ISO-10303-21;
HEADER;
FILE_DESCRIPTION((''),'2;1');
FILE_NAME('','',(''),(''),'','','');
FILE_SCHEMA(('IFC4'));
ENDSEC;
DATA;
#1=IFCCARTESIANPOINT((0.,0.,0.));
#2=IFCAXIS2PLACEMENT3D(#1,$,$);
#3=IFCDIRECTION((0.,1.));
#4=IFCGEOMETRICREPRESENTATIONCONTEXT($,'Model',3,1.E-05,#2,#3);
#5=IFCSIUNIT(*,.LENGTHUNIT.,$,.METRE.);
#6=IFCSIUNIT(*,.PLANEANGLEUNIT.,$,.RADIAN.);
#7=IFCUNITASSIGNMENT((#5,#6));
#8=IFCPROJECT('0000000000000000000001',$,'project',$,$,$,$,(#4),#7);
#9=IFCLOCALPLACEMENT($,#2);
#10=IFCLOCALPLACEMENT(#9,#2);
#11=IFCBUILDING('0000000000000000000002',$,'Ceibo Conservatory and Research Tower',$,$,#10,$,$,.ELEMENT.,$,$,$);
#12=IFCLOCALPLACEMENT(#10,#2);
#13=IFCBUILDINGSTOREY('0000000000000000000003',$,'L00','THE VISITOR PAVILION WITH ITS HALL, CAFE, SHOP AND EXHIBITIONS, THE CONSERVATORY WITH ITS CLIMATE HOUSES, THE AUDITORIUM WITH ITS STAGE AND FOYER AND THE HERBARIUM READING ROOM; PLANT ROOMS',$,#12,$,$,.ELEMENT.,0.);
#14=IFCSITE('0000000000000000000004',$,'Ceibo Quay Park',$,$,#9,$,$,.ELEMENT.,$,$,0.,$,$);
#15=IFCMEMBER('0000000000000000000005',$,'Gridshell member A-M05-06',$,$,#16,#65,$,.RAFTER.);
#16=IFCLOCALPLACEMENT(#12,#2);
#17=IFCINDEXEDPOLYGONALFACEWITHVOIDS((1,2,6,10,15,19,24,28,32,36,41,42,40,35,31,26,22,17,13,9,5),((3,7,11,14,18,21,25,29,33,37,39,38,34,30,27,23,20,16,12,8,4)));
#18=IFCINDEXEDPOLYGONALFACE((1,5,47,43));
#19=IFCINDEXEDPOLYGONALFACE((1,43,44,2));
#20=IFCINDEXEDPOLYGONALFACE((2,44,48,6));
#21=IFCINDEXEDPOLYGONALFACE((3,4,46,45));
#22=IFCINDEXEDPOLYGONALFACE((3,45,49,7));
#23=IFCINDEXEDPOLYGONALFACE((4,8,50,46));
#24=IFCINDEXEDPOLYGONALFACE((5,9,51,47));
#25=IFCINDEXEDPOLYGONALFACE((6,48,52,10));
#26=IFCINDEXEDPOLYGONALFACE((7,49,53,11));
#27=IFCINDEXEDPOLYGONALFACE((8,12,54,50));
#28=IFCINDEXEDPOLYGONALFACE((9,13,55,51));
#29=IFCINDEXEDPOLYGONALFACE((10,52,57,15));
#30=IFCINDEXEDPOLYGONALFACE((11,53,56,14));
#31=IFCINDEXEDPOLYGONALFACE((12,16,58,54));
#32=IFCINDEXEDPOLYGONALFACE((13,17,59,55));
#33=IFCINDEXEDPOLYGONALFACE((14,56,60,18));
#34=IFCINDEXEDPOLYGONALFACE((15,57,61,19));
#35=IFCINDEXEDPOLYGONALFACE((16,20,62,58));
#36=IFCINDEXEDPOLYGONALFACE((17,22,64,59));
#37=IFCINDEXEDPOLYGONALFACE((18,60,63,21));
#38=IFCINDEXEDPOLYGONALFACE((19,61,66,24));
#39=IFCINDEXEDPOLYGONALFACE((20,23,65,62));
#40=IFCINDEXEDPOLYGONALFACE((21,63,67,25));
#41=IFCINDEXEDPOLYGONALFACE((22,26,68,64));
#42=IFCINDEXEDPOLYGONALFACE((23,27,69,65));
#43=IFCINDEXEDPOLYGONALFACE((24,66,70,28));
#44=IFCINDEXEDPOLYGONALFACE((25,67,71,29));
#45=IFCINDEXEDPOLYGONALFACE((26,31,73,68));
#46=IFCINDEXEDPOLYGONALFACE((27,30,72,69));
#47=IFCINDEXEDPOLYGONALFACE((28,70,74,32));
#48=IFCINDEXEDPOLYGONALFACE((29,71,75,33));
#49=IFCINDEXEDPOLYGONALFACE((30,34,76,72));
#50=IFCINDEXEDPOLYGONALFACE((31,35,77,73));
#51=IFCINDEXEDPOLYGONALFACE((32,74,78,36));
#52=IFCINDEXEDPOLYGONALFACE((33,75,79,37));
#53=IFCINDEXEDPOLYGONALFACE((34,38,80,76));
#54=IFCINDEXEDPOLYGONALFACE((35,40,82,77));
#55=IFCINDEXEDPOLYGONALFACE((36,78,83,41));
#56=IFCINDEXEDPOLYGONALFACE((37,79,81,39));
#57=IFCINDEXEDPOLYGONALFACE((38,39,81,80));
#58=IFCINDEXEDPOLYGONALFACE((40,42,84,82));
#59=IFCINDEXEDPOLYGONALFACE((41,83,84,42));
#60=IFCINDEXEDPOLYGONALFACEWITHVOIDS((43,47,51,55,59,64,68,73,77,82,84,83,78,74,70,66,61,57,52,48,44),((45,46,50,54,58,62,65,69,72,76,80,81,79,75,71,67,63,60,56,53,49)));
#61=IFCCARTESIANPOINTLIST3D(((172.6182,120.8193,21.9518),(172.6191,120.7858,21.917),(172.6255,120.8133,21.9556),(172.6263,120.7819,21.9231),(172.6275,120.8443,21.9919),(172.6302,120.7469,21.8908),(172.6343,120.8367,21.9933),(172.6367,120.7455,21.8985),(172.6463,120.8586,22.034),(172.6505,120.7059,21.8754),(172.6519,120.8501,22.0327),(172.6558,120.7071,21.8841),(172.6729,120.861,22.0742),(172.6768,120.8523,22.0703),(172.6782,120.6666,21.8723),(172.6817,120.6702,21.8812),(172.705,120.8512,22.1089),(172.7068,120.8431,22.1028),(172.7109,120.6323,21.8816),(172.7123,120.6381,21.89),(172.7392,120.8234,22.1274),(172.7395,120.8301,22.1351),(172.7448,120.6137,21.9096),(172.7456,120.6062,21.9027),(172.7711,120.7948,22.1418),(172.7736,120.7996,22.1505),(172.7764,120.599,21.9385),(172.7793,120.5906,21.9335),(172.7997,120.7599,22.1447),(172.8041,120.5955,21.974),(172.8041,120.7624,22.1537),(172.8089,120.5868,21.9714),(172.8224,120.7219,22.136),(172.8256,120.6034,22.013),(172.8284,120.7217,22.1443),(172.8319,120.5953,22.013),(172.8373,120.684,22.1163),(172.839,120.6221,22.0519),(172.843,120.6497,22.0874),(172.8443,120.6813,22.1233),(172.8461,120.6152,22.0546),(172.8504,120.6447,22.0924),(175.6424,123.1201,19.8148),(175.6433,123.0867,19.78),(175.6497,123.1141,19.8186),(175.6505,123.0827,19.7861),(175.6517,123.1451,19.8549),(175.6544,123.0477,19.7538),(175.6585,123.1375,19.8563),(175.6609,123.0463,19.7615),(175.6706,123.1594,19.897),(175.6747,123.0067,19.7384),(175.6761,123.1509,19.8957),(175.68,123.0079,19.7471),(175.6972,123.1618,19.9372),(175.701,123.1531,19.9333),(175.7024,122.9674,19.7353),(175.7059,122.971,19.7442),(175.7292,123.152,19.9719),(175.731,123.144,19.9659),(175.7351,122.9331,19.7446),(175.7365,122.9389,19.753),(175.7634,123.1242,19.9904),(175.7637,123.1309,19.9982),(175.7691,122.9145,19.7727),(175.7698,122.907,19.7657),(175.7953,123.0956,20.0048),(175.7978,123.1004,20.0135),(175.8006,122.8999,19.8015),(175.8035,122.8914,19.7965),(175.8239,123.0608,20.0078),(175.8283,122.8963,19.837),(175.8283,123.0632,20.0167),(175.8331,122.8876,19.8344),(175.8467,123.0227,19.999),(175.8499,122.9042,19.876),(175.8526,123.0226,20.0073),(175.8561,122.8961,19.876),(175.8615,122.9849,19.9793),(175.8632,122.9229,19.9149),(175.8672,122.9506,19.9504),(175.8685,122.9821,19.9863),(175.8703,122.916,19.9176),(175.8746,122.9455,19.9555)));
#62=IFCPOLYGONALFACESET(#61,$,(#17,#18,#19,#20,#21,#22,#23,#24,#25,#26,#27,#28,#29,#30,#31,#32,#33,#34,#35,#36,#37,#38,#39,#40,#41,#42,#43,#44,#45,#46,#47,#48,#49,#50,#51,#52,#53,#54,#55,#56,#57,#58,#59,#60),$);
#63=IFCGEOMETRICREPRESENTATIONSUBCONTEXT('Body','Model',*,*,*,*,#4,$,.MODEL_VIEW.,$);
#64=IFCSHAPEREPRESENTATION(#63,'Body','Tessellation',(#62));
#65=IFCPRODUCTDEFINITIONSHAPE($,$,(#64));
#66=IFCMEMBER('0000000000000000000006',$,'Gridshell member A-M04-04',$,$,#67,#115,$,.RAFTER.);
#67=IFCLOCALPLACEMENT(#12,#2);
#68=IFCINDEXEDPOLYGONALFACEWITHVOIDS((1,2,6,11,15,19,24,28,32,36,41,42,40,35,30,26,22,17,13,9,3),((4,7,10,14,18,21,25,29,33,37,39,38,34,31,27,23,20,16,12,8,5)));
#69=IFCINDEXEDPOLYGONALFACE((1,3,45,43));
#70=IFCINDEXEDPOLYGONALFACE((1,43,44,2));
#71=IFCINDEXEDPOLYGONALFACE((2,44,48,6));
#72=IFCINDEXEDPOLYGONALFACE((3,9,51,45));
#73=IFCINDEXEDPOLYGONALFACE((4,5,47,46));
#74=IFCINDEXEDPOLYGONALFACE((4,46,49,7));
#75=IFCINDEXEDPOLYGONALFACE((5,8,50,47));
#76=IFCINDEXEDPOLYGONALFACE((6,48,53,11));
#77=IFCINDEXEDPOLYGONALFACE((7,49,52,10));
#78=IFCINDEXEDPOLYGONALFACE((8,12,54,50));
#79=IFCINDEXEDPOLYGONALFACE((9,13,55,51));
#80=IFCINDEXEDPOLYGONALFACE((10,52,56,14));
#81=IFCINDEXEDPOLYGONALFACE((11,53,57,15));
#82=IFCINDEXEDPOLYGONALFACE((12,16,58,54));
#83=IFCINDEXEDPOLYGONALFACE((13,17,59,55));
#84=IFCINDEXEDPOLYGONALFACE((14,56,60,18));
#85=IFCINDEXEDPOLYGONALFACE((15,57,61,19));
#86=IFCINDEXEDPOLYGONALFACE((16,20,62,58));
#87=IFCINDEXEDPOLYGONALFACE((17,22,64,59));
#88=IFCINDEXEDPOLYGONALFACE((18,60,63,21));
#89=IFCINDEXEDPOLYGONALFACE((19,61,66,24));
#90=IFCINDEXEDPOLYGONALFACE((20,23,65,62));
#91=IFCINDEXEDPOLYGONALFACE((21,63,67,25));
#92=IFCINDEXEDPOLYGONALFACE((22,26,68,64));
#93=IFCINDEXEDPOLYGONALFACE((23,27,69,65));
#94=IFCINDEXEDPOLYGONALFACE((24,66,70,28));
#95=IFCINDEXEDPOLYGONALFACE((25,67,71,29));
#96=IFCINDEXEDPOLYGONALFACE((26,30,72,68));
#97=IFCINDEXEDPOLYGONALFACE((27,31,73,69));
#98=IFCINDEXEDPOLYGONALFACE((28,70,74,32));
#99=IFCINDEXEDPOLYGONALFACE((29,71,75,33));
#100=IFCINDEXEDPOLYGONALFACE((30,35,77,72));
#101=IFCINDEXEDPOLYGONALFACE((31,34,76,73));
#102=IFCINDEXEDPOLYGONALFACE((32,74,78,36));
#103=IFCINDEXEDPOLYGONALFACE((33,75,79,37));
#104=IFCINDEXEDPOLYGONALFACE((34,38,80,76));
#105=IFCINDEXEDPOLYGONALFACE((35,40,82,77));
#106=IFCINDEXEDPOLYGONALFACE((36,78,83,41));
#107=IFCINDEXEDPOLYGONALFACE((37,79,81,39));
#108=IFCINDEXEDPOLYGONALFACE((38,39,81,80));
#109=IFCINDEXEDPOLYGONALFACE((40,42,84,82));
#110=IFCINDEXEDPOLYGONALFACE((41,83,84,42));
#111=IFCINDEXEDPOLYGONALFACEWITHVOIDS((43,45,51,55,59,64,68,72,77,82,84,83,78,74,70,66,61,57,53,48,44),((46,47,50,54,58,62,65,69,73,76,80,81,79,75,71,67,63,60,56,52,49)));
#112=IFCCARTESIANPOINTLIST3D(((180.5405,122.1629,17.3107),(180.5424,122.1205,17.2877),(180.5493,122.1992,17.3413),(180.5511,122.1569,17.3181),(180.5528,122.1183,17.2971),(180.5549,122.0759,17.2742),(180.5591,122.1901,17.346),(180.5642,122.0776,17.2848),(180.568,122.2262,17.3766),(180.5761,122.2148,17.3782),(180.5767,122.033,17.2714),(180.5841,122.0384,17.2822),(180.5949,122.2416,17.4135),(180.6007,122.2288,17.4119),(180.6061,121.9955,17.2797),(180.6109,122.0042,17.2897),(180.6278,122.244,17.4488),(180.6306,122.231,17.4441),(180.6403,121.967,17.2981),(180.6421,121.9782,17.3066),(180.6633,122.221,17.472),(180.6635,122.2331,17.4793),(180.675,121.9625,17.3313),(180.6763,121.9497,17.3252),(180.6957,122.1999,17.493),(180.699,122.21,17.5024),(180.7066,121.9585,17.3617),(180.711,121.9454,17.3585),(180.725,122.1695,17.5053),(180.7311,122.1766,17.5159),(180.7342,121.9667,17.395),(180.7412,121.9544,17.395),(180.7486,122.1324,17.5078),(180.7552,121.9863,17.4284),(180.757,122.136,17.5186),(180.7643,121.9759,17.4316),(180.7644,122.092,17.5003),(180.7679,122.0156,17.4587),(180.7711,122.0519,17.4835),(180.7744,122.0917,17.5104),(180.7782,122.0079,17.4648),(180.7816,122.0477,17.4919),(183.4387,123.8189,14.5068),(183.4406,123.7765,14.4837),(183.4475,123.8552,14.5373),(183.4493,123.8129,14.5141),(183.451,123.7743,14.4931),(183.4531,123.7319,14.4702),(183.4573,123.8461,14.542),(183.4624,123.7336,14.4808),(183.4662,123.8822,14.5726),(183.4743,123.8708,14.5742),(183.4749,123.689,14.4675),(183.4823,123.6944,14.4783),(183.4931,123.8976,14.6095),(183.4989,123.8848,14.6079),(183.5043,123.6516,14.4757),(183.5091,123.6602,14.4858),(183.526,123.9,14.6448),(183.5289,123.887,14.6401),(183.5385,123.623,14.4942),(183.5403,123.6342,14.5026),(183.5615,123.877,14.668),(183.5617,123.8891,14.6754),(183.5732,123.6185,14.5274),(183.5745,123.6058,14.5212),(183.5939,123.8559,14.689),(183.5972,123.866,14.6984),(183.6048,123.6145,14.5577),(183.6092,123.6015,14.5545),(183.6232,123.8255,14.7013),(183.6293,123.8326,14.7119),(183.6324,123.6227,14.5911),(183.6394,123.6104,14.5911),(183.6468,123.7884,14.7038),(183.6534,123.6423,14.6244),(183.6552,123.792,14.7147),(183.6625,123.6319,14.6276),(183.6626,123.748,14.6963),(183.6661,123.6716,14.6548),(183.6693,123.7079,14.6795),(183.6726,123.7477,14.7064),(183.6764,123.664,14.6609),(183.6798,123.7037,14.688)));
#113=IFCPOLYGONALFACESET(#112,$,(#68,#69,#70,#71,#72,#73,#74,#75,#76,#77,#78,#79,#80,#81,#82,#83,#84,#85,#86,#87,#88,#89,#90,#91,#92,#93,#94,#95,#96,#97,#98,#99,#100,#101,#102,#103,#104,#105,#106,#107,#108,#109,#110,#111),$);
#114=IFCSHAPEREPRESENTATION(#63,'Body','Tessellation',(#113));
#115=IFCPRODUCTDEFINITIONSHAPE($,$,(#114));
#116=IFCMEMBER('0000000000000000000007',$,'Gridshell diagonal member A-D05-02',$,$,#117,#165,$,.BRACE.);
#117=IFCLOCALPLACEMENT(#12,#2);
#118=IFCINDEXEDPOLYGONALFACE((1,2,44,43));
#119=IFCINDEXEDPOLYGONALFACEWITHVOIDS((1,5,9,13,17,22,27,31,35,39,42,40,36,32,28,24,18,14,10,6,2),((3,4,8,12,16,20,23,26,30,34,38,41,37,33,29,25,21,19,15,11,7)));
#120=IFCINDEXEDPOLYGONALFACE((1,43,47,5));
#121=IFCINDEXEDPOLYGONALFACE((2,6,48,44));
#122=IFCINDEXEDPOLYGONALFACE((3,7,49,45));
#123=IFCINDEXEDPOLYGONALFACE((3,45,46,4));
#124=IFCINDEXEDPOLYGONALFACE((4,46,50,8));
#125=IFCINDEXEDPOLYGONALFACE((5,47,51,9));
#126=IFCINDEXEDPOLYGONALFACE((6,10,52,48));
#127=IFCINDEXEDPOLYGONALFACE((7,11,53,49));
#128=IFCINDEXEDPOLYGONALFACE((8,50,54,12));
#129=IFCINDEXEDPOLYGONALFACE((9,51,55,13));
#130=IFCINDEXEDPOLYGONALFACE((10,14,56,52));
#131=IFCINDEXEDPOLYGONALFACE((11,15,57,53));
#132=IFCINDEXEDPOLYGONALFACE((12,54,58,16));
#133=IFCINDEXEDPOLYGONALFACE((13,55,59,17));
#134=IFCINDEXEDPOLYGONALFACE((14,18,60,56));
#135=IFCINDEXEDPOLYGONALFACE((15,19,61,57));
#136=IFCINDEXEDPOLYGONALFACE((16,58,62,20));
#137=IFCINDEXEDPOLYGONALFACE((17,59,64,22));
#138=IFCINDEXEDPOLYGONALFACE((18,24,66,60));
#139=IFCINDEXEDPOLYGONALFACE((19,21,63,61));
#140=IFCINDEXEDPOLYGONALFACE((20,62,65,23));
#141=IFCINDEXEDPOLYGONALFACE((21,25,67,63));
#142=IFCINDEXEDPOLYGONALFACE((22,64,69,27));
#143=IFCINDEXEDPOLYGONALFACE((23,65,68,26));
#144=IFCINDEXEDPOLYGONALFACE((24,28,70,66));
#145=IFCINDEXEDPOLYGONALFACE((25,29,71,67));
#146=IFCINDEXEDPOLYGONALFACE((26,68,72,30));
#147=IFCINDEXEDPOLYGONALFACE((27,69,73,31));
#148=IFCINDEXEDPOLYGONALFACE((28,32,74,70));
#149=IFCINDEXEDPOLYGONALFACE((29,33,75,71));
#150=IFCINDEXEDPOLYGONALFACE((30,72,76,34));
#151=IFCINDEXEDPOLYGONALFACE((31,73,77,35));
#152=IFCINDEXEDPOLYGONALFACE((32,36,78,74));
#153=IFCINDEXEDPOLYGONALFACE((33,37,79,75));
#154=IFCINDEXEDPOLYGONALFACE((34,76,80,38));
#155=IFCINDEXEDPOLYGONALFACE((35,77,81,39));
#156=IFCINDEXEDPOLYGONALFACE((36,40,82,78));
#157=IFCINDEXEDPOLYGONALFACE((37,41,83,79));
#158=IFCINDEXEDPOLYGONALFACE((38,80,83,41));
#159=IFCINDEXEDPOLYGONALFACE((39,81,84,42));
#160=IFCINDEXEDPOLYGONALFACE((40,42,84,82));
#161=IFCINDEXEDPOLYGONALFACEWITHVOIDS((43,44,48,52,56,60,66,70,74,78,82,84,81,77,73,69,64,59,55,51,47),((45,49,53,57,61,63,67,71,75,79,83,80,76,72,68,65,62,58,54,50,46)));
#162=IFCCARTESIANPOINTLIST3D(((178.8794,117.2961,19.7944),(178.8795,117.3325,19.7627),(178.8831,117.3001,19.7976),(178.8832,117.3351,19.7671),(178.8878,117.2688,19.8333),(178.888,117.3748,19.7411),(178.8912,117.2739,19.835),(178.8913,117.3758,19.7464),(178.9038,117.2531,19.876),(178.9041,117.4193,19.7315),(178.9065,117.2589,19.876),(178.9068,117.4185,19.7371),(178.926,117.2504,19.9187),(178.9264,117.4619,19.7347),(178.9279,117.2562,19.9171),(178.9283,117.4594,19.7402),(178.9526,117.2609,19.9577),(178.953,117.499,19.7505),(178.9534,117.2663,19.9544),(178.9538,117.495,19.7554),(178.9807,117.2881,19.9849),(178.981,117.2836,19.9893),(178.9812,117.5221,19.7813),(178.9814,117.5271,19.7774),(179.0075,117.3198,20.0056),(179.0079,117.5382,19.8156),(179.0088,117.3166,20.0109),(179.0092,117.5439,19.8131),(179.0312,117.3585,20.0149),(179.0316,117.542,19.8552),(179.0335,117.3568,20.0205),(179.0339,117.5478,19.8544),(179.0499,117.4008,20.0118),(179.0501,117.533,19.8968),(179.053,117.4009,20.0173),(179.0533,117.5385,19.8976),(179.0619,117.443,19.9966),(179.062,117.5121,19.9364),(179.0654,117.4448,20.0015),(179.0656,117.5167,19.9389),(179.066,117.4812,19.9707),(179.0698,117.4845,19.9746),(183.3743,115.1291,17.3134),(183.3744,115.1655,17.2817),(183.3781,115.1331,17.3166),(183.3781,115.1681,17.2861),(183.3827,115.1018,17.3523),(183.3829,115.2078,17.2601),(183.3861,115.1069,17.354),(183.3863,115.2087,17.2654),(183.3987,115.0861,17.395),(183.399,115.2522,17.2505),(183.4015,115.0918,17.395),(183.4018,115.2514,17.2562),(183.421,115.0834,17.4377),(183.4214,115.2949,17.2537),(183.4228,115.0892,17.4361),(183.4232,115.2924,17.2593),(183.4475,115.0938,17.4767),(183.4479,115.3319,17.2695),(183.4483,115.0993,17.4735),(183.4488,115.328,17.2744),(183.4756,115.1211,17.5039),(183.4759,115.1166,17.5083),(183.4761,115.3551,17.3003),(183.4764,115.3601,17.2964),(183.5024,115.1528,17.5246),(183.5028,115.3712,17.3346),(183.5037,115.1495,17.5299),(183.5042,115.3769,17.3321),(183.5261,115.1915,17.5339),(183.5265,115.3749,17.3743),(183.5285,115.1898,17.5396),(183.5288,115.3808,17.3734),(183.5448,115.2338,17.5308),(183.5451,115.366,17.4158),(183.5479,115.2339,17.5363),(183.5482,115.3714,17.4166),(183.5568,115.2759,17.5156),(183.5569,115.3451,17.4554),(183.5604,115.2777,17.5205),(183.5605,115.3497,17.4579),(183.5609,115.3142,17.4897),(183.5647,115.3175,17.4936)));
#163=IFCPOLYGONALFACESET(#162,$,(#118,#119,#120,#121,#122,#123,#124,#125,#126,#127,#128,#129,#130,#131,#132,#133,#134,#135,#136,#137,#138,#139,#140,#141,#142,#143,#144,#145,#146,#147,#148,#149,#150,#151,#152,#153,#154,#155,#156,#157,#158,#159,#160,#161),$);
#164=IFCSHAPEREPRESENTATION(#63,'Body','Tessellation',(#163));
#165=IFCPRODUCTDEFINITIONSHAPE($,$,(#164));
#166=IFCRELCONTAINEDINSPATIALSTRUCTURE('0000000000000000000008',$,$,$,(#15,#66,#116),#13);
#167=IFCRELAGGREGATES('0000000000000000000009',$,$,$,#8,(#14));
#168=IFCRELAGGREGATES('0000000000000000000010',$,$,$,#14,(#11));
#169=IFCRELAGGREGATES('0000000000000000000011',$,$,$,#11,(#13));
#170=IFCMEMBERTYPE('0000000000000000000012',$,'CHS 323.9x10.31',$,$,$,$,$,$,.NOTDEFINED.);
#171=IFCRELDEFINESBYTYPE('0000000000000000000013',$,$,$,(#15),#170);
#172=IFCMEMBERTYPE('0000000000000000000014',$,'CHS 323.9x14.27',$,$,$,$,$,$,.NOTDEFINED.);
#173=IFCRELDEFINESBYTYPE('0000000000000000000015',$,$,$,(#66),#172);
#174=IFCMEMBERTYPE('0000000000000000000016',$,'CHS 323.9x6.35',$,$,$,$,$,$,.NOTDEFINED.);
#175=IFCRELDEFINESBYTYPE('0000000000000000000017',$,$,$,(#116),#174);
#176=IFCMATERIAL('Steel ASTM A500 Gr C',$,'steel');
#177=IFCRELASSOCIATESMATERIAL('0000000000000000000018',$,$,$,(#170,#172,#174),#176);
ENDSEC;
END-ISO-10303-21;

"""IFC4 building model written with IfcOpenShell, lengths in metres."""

from ifc_helpers import new_model, si_unit, direction, frame, origin, origin_2d, place, context, subcontext, project, spatial, hollow_circle, extrude, material, material_profile, profile_set, type_object, element, save


model = new_model("IFC4")

# Units and contexts
model_context = context("Model", 3, precision=1e-05, world=origin(), true_north=direction((0.0, 1.0)))
body_context = subcontext(model_context, "Body", "Model", "MODEL_VIEW")
ifc_project = project(units=[si_unit("LENGTHUNIT", "METRE"), si_unit("PLANEANGLEUNIT", "RADIAN")], contexts=[model_context])

# Site, building, storey
site_placement = place(None, origin())
site = spatial("IfcSite", under=ifc_project, at=site_placement, Name="Ceibo Quay Park", CompositionType="ELEMENT", RefElevation=0.0)
building_placement = place(site_placement, origin())
building = spatial("IfcBuilding", under=site, at=building_placement, Name="Ceibo Conservatory and Research Tower", CompositionType="ELEMENT")
storey_placement = place(building_placement, origin())
storey = spatial("IfcBuildingStorey", under=building, at=storey_placement, Name="L00", Description="THE VISITOR PAVILION WITH ITS HALL, CAFE, SHOP AND EXHIBITIONS, THE CONSERVATORY WITH ITS CLIMATE HOUSES, THE AUDITORIUM WITH ITS STAGE AND FOYER AND THE HERBARIUM READING ROOM; PLANT ROOMS", CompositionType="ELEMENT", Elevation=0.0)

# Members
ifc_material_1 = material(Name="Steel ASTM A500 Gr C", Category="steel")
ifc_material_profile_1 = material_profile(ifc_material_1, hollow_circle(Radius=0.1619, WallThickness=0.0103, at=origin_2d()), Name="CHS 323.9x10.31")
ifc_profile_set_1 = profile_set([ifc_material_profile_1], Name="Steel ASTM A500 Gr C")
member_type_1 = type_object("IfcMemberType", Name="CHS 323.9x10.31", PredefinedType="NOTDEFINED", material=ifc_profile_set_1)
member_1_placement = place(storey_placement, frame((175.7581, 123.0249, 19.876), z_axis=(-0.693686, -0.527755, 0.490178), x_axis=(0.605486, -0.795856, 0.0)))
element("IfcMember", 1, at=member_1_placement, inside=storey, type_object=member_type_1, Name="Gridshell member A-M05-06", PredefinedType="RAFTER", context=body_context, shape_type="SweptSolid", body=[
    extrude(hollow_circle(Radius=0.1619, WallThickness=0.0103, at=origin_2d()), origin(), (0.0, 0.0, 1.0), 4.3596),
])
ifc_material_profile_2 = material_profile(ifc_material_1, hollow_circle(Radius=0.1619, WallThickness=0.0142, at=origin_2d()), Name="CHS 323.9x14.27")
ifc_profile_set_2 = profile_set([ifc_material_profile_2], Name="Steel ASTM A500 Gr C")
member_type_2 = type_object("IfcMemberType", Name="CHS 323.9x14.27", PredefinedType="NOTDEFINED", material=ifc_profile_set_2)
member_2_placement = place(storey_placement, frame((183.5591, 123.751, 14.5911), z_axis=(-0.66482, -0.379873, 0.643203), x_axis=(0.496115, -0.868257, 0.0)))
element("IfcMember", 2, at=member_2_placement, inside=storey, type_object=member_type_2, Name="Gridshell member A-M04-04", PredefinedType="RAFTER", context=body_context, shape_type="SweptSolid", body=[
    extrude(hollow_circle(Radius=0.1619, WallThickness=0.0142, at=origin_2d()), origin(), (0.0, 0.0, 1.0), 4.3594),
])
ifc_material_profile_3 = material_profile(ifc_material_1, hollow_circle(Radius=0.1619, WallThickness=0.0063, at=origin_2d()), Name="CHS 323.9x6.35")
ifc_profile_set_3 = profile_set([ifc_material_profile_3], Name="Steel ASTM A500 Gr C")
member_type_3 = type_object("IfcMemberType", Name="CHS 323.9x6.35", PredefinedType="NOTDEFINED", material=ifc_profile_set_3)
member_3_placement = place(storey_placement, frame((183.469, 115.2319, 17.395), z_axis=(-0.806589, 0.388859, 0.445199), x_axis=(-0.43427, -0.900783, 0.0)))
element("IfcMember", 3, at=member_3_placement, inside=storey, type_object=member_type_3, Name="Gridshell diagonal member A-D05-02", PredefinedType="BRACE", context=body_context, shape_type="SweptSolid", body=[
    extrude(hollow_circle(Radius=0.1619, WallThickness=0.0063, at=origin_2d()), origin(), (0.0, 0.0, 1.0), 5.5728),
])

save(model, "model.ifc")
